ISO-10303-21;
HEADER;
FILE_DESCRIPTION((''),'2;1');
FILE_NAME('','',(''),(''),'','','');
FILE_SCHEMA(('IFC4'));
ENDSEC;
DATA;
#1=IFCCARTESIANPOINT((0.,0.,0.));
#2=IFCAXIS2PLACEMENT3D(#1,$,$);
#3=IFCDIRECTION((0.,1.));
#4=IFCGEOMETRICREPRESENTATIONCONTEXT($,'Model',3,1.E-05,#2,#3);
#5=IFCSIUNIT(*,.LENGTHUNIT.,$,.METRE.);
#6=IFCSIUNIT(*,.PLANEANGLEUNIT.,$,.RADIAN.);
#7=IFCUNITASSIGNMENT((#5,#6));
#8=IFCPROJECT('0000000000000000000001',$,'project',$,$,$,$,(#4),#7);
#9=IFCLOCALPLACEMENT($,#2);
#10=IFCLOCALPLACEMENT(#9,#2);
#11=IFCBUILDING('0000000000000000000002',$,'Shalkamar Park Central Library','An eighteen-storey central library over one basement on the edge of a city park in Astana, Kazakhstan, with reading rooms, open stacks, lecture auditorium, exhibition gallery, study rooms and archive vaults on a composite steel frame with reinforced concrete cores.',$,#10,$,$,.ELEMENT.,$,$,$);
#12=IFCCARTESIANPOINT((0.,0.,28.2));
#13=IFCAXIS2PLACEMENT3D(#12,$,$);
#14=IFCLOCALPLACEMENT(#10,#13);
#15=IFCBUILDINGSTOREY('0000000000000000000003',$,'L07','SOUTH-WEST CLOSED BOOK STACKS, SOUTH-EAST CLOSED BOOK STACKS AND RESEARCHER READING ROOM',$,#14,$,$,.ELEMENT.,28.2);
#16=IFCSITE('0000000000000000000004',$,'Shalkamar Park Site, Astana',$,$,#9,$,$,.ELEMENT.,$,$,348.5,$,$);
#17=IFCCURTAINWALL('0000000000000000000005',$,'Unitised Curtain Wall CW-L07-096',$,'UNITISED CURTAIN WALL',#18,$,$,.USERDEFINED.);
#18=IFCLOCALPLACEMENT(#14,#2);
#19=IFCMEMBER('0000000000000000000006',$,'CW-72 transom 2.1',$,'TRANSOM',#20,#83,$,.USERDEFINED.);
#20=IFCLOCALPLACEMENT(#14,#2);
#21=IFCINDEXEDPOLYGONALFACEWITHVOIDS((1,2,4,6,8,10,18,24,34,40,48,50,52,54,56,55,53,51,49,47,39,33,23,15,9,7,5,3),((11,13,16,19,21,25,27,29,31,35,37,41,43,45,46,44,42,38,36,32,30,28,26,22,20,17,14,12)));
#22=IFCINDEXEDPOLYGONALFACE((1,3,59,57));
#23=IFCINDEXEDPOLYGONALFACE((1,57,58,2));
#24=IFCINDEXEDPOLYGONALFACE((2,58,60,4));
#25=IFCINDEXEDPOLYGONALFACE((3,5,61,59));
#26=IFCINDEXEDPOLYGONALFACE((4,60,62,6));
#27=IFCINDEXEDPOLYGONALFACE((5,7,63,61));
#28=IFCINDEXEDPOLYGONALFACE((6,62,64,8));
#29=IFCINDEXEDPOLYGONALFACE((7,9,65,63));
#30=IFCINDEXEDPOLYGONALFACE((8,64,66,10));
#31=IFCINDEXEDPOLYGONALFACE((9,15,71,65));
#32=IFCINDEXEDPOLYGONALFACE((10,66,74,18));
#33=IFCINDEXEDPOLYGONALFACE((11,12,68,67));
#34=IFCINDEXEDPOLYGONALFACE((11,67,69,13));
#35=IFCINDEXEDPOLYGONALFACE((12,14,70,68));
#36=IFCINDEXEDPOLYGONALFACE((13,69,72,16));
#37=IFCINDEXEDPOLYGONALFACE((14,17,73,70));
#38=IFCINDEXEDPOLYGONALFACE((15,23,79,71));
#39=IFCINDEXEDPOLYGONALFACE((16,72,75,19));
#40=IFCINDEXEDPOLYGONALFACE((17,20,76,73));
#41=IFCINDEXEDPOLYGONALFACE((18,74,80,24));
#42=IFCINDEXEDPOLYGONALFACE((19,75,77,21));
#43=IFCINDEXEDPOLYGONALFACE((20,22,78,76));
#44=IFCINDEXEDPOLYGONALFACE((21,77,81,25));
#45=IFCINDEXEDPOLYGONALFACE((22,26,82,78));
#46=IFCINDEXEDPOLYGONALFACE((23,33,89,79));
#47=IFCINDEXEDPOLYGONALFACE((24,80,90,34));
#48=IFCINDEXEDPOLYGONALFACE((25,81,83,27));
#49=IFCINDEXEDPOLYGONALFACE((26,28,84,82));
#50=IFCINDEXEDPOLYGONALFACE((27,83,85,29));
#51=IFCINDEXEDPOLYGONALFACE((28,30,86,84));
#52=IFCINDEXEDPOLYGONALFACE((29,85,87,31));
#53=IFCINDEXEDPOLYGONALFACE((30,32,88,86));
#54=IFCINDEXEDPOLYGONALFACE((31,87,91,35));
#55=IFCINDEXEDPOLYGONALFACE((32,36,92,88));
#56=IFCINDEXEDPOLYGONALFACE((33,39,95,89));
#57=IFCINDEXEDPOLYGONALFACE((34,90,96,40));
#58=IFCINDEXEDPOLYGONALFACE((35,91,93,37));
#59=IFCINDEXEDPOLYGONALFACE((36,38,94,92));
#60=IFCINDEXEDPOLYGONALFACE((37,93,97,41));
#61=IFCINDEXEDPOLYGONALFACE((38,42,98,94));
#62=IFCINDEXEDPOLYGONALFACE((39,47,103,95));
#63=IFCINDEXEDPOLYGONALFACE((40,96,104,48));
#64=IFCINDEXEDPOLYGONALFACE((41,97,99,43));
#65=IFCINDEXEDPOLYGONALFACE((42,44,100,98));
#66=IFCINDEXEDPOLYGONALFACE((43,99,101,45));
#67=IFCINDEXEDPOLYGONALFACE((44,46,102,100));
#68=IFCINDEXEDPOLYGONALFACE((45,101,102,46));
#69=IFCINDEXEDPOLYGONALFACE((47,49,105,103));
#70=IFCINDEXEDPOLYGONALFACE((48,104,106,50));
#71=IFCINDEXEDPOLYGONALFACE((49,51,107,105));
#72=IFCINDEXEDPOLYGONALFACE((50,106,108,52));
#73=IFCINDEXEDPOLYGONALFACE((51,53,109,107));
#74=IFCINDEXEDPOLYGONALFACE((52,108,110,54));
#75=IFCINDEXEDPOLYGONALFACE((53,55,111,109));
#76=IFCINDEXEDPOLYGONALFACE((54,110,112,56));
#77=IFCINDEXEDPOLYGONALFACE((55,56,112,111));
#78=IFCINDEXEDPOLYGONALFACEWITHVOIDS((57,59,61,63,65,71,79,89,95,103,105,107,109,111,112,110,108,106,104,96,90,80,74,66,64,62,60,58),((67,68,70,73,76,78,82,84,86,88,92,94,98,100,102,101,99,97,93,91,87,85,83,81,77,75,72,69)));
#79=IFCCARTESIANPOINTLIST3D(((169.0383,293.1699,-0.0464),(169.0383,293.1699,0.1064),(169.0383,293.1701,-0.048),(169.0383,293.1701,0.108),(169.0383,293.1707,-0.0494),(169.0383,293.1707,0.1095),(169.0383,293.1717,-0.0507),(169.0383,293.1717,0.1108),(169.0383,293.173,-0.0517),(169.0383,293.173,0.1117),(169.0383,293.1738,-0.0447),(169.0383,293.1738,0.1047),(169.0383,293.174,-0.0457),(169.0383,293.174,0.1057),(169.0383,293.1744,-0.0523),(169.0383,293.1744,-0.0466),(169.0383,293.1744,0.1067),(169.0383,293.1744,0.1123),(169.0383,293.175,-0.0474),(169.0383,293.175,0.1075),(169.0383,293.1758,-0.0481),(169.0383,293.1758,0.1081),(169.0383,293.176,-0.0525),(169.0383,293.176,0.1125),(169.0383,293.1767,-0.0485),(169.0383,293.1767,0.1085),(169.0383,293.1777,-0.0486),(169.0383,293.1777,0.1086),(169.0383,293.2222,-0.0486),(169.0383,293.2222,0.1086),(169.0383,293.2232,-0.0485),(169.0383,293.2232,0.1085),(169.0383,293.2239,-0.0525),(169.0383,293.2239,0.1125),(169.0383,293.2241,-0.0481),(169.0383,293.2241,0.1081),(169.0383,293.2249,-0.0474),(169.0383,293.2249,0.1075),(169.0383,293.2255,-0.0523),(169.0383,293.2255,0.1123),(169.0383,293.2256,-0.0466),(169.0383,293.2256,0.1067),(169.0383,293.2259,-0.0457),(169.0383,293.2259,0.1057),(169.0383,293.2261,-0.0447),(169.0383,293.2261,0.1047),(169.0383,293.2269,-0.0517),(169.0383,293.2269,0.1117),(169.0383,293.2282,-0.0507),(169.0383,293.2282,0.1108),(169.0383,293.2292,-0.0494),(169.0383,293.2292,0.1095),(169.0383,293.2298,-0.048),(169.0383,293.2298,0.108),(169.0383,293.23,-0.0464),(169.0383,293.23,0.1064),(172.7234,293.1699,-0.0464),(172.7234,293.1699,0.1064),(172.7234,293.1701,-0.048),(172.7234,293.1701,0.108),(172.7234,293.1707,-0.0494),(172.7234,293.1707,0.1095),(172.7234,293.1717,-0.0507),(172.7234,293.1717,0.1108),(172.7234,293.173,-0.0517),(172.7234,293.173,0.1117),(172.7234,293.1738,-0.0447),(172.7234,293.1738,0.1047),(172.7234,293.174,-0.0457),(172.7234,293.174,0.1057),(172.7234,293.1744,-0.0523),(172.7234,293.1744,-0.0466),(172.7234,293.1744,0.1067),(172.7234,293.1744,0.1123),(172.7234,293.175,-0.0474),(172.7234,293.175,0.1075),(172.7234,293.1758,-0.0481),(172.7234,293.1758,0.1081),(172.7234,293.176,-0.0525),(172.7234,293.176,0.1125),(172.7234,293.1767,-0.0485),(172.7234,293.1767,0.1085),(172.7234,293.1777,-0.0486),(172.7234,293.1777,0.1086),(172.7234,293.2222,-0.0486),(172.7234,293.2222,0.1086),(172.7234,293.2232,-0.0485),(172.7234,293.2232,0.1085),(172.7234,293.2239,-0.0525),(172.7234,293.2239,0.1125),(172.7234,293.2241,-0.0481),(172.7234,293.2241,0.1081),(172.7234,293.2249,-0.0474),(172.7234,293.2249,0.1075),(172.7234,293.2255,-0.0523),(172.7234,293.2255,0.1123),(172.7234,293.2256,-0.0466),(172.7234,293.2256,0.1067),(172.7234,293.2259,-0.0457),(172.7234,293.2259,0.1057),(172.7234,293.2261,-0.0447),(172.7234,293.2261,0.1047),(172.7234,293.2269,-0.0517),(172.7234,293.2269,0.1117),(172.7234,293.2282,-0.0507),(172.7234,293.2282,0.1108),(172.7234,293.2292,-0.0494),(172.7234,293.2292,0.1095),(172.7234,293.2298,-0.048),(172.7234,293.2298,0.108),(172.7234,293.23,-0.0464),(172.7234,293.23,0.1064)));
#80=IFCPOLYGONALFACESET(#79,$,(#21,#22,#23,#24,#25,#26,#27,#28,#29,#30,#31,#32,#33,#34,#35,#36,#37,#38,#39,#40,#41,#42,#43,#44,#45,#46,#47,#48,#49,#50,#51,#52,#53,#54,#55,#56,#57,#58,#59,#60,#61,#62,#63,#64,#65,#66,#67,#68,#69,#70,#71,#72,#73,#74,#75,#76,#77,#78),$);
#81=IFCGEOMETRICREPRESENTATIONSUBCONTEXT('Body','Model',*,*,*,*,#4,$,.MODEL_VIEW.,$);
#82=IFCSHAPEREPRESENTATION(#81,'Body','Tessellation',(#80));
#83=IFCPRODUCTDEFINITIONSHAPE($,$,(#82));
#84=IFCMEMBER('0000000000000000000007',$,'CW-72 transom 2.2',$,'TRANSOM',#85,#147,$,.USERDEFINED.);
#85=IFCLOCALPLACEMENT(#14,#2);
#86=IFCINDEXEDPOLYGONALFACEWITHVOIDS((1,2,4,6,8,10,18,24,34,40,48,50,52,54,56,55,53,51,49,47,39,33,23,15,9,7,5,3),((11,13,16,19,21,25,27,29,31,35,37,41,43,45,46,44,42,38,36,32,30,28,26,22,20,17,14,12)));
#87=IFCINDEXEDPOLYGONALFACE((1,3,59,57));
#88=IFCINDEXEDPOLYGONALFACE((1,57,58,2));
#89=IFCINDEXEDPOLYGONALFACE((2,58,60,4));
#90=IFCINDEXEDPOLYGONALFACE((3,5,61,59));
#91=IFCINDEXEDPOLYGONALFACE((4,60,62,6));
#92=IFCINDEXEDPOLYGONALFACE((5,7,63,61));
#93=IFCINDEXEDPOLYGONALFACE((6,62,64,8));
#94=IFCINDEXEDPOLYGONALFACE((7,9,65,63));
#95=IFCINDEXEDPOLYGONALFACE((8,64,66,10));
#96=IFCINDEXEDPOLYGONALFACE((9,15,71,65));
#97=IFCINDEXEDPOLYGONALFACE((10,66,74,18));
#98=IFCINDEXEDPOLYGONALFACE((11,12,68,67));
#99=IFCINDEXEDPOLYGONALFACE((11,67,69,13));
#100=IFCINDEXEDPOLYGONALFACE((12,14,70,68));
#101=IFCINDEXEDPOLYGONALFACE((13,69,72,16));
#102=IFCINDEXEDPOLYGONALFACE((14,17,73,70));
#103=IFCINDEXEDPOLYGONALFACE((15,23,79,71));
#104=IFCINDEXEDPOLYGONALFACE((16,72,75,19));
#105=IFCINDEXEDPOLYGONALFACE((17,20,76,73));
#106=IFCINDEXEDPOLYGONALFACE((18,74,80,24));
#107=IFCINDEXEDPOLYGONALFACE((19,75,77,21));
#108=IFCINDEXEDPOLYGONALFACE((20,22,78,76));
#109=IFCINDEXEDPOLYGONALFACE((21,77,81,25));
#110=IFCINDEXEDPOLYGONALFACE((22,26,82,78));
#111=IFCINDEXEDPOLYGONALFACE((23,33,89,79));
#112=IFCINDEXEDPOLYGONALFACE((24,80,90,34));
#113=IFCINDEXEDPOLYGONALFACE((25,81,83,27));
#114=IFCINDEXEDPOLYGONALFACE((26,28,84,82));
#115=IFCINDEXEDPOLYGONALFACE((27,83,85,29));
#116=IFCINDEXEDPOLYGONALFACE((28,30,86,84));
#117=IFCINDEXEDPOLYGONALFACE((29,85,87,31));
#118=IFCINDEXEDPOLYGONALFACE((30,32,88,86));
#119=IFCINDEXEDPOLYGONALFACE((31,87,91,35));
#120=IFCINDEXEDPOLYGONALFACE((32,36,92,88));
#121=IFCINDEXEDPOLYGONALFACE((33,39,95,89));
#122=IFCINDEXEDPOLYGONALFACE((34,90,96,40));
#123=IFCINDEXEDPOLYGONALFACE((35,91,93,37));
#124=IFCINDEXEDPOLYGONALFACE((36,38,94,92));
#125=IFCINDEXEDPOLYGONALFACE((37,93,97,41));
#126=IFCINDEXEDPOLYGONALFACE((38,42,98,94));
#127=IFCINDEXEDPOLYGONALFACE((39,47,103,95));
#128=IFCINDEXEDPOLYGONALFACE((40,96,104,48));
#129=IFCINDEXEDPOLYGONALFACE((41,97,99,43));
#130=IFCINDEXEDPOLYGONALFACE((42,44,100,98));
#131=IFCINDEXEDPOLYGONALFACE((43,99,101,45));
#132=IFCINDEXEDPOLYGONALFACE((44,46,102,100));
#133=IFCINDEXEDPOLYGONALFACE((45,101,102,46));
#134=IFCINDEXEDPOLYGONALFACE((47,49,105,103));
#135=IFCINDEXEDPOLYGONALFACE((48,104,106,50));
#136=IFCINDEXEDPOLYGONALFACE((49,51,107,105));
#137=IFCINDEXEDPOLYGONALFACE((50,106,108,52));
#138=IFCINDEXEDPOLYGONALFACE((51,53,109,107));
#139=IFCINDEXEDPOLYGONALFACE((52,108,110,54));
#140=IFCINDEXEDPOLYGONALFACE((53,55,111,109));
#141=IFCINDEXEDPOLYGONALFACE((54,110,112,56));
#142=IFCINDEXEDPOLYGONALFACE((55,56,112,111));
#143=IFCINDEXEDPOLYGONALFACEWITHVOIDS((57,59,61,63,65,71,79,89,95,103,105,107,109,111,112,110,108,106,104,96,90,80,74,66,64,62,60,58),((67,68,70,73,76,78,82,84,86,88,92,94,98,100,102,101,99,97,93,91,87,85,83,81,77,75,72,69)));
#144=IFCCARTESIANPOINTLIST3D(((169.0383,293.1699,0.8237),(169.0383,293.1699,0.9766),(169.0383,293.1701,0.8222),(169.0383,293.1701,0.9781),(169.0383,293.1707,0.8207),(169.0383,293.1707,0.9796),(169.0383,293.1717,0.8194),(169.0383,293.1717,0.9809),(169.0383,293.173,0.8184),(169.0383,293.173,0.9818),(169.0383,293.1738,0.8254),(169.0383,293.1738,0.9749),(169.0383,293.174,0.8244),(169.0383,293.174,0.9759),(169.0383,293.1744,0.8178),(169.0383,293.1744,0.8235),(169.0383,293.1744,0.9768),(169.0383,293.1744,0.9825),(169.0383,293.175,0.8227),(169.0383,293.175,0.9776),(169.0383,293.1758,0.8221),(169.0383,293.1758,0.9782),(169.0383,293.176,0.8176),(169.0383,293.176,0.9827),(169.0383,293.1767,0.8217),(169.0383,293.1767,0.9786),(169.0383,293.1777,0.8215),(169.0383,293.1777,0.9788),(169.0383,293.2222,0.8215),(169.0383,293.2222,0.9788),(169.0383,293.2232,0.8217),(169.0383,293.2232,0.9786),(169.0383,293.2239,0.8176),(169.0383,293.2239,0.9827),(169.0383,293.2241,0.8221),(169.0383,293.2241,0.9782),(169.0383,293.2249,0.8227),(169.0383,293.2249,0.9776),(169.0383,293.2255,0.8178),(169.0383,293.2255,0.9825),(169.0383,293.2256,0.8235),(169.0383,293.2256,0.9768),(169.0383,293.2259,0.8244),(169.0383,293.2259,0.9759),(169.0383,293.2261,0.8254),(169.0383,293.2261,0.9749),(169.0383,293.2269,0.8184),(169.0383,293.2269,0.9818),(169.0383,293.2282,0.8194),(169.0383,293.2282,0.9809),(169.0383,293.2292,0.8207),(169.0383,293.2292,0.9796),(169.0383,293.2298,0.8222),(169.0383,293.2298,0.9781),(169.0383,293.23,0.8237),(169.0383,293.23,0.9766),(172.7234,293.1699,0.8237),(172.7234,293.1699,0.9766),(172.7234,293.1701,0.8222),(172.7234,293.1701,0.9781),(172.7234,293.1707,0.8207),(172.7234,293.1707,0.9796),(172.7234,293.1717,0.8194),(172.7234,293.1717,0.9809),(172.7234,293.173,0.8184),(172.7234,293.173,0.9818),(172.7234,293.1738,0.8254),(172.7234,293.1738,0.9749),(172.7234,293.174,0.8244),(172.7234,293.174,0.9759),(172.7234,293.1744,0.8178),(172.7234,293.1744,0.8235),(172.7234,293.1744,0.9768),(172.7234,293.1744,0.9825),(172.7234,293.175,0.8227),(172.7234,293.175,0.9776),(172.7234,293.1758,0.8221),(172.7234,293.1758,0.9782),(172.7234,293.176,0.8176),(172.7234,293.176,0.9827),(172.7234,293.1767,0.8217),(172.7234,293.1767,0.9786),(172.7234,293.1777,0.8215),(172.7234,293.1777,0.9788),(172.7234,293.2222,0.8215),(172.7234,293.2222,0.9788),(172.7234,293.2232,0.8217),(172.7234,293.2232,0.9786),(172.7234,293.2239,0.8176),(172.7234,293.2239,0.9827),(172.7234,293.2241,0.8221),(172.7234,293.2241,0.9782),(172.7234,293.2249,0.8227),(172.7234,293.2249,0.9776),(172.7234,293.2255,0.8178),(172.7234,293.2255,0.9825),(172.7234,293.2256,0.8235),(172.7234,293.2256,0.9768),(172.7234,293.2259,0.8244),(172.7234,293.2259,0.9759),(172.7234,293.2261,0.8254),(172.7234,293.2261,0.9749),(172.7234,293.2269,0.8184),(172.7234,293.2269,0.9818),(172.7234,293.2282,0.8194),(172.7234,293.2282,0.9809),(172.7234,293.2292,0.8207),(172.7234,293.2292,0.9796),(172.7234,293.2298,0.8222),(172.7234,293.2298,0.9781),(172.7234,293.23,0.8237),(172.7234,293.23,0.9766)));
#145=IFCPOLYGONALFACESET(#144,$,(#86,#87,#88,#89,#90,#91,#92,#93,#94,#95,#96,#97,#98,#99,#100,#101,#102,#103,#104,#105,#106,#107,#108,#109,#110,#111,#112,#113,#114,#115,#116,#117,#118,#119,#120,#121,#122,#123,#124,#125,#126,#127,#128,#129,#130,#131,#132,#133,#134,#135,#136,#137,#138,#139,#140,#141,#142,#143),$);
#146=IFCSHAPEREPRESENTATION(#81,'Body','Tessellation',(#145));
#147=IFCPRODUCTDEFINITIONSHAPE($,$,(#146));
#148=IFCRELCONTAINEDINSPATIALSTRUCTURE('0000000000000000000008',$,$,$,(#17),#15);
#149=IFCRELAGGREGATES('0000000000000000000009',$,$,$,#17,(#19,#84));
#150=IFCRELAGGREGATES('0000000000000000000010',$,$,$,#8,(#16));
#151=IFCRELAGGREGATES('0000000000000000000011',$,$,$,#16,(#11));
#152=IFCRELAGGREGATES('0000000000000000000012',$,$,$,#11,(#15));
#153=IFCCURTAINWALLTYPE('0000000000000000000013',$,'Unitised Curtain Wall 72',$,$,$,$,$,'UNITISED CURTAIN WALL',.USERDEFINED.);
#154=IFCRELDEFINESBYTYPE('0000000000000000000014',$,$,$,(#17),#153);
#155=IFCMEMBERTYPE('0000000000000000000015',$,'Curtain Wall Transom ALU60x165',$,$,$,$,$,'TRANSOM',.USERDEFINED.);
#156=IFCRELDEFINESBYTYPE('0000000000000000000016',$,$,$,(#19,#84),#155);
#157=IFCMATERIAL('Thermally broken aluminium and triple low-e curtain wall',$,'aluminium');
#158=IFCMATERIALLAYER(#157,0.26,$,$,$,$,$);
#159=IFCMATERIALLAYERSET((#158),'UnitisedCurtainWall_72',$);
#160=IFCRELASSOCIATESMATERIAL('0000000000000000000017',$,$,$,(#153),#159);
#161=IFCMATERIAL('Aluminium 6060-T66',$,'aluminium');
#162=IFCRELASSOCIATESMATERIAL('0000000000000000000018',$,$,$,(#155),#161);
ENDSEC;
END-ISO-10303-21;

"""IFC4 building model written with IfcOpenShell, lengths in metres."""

from ifc_helpers import new_model, si_unit, direction, frame, origin, origin_2d, place, context, subcontext, project, spatial, hollow_rectangle, extrude, material, layer, layer_set, material_profile, profile_set, type_object, element, aggregate, save


model = new_model("IFC4")

# Units and contexts
model_context = context("Model", 3, precision=1e-05, world=origin(), true_north=direction((0.0, 1.0)))
body_context = subcontext(model_context, "Body", "Model", "MODEL_VIEW")
ifc_project = project(units=[si_unit("LENGTHUNIT", "METRE"), si_unit("PLANEANGLEUNIT", "RADIAN")], contexts=[model_context])

# Site, building, storey
site_placement = place(None, origin())
site = spatial("IfcSite", under=ifc_project, at=site_placement, Name="Shalkamar Park Site, Astana", CompositionType="ELEMENT", RefElevation=348.5)
building_placement = place(site_placement, origin())
building = spatial("IfcBuilding", under=site, at=building_placement, Name="Shalkamar Park Central Library", Description="An eighteen-storey central library over one basement on the edge of a city park in Astana, Kazakhstan, with reading rooms, open stacks, lecture auditorium, exhibition gallery, study rooms and archive vaults on a composite steel frame with reinforced concrete cores.", CompositionType="ELEMENT")
storey_placement = place(building_placement, frame((0.0, 0.0, 28.2)))
storey = spatial("IfcBuildingStorey", under=building, at=storey_placement, Name="L07", Description="SOUTH-WEST CLOSED BOOK STACKS, SOUTH-EAST CLOSED BOOK STACKS AND RESEARCHER READING ROOM", CompositionType="ELEMENT", Elevation=28.2)

# Curtain wall
ifc_material_1 = material(Name="Thermally broken aluminium and triple low-e curtain wall", Category="aluminium")
ifc_layer_1 = layer(ifc_material_1, 0.26)
ifc_layer_set_1 = layer_set([ifc_layer_1], Name="UnitisedCurtainWall_72")
curtain_wall_type_1 = type_object("IfcCurtainWallType", Name="Unitised Curtain Wall 72", ElementType="UNITISED CURTAIN WALL", PredefinedType="USERDEFINED", material=ifc_layer_set_1)
curtain_wall_1_placement = place(storey_placement, origin())
curtain_wall_1 = element("IfcCurtainWall", 1, at=curtain_wall_1_placement, inside=storey, type_object=curtain_wall_type_1, Name="Unitised Curtain Wall CW-L07-096", ObjectType="UNITISED CURTAIN WALL", PredefinedType="USERDEFINED")
ifc_material_2 = material(Name="Aluminium 6060-T66", Category="aluminium")

# Members
ifc_material_profile_1 = material_profile(ifc_material_2, hollow_rectangle(XDim=0.0601, YDim=0.165, WallThickness=0.0039, InnerFilletRadius=0.0039, OuterFilletRadius=0.0061, at=origin_2d()), Name="ALU 60x165x4")
ifc_profile_set_1 = profile_set([ifc_material_profile_1], Name="Aluminium 6060-T66")
member_type_1 = type_object("IfcMemberType", Name="Curtain Wall Transom ALU60x165", ElementType="TRANSOM", PredefinedType="USERDEFINED", material=ifc_profile_set_1)
member_1_placement = place(storey_placement, frame((169.0383, 293.2, 0.03), z_axis=(1.0, 0.0, 0.0), x_axis=(0.0, 1.0, 0.0)))
member_1 = element("IfcMember", 2, at=member_1_placement, type_object=member_type_1, Name="CW-72 transom 2.1", ObjectType="TRANSOM", PredefinedType="USERDEFINED", context=body_context, shape_type="SweptSolid", body=[
    extrude(hollow_rectangle(XDim=0.0601, YDim=0.165, WallThickness=0.0039, InnerFilletRadius=0.0039, OuterFilletRadius=0.0061, at=origin_2d()), origin(), (0.0, 0.0, 1.0), 3.6851),
])
member_2_placement = place(storey_placement, frame((169.0383, 293.2, 0.9001), z_axis=(1.0, 0.0, 0.0), x_axis=(0.0, 1.0, 0.0)))
member_2 = element("IfcMember", 3, at=member_2_placement, type_object=member_type_1, Name="CW-72 transom 2.2", ObjectType="TRANSOM", PredefinedType="USERDEFINED", context=body_context, shape_type="SweptSolid", body=[
    extrude(hollow_rectangle(XDim=0.0601, YDim=0.165, WallThickness=0.0039, InnerFilletRadius=0.0039, OuterFilletRadius=0.0061, at=origin_2d()), origin(), (0.0, 0.0, 1.0), 3.6851),
])

aggregate(curtain_wall_1, [member_1, member_2])

save(model, "model.ifc")
